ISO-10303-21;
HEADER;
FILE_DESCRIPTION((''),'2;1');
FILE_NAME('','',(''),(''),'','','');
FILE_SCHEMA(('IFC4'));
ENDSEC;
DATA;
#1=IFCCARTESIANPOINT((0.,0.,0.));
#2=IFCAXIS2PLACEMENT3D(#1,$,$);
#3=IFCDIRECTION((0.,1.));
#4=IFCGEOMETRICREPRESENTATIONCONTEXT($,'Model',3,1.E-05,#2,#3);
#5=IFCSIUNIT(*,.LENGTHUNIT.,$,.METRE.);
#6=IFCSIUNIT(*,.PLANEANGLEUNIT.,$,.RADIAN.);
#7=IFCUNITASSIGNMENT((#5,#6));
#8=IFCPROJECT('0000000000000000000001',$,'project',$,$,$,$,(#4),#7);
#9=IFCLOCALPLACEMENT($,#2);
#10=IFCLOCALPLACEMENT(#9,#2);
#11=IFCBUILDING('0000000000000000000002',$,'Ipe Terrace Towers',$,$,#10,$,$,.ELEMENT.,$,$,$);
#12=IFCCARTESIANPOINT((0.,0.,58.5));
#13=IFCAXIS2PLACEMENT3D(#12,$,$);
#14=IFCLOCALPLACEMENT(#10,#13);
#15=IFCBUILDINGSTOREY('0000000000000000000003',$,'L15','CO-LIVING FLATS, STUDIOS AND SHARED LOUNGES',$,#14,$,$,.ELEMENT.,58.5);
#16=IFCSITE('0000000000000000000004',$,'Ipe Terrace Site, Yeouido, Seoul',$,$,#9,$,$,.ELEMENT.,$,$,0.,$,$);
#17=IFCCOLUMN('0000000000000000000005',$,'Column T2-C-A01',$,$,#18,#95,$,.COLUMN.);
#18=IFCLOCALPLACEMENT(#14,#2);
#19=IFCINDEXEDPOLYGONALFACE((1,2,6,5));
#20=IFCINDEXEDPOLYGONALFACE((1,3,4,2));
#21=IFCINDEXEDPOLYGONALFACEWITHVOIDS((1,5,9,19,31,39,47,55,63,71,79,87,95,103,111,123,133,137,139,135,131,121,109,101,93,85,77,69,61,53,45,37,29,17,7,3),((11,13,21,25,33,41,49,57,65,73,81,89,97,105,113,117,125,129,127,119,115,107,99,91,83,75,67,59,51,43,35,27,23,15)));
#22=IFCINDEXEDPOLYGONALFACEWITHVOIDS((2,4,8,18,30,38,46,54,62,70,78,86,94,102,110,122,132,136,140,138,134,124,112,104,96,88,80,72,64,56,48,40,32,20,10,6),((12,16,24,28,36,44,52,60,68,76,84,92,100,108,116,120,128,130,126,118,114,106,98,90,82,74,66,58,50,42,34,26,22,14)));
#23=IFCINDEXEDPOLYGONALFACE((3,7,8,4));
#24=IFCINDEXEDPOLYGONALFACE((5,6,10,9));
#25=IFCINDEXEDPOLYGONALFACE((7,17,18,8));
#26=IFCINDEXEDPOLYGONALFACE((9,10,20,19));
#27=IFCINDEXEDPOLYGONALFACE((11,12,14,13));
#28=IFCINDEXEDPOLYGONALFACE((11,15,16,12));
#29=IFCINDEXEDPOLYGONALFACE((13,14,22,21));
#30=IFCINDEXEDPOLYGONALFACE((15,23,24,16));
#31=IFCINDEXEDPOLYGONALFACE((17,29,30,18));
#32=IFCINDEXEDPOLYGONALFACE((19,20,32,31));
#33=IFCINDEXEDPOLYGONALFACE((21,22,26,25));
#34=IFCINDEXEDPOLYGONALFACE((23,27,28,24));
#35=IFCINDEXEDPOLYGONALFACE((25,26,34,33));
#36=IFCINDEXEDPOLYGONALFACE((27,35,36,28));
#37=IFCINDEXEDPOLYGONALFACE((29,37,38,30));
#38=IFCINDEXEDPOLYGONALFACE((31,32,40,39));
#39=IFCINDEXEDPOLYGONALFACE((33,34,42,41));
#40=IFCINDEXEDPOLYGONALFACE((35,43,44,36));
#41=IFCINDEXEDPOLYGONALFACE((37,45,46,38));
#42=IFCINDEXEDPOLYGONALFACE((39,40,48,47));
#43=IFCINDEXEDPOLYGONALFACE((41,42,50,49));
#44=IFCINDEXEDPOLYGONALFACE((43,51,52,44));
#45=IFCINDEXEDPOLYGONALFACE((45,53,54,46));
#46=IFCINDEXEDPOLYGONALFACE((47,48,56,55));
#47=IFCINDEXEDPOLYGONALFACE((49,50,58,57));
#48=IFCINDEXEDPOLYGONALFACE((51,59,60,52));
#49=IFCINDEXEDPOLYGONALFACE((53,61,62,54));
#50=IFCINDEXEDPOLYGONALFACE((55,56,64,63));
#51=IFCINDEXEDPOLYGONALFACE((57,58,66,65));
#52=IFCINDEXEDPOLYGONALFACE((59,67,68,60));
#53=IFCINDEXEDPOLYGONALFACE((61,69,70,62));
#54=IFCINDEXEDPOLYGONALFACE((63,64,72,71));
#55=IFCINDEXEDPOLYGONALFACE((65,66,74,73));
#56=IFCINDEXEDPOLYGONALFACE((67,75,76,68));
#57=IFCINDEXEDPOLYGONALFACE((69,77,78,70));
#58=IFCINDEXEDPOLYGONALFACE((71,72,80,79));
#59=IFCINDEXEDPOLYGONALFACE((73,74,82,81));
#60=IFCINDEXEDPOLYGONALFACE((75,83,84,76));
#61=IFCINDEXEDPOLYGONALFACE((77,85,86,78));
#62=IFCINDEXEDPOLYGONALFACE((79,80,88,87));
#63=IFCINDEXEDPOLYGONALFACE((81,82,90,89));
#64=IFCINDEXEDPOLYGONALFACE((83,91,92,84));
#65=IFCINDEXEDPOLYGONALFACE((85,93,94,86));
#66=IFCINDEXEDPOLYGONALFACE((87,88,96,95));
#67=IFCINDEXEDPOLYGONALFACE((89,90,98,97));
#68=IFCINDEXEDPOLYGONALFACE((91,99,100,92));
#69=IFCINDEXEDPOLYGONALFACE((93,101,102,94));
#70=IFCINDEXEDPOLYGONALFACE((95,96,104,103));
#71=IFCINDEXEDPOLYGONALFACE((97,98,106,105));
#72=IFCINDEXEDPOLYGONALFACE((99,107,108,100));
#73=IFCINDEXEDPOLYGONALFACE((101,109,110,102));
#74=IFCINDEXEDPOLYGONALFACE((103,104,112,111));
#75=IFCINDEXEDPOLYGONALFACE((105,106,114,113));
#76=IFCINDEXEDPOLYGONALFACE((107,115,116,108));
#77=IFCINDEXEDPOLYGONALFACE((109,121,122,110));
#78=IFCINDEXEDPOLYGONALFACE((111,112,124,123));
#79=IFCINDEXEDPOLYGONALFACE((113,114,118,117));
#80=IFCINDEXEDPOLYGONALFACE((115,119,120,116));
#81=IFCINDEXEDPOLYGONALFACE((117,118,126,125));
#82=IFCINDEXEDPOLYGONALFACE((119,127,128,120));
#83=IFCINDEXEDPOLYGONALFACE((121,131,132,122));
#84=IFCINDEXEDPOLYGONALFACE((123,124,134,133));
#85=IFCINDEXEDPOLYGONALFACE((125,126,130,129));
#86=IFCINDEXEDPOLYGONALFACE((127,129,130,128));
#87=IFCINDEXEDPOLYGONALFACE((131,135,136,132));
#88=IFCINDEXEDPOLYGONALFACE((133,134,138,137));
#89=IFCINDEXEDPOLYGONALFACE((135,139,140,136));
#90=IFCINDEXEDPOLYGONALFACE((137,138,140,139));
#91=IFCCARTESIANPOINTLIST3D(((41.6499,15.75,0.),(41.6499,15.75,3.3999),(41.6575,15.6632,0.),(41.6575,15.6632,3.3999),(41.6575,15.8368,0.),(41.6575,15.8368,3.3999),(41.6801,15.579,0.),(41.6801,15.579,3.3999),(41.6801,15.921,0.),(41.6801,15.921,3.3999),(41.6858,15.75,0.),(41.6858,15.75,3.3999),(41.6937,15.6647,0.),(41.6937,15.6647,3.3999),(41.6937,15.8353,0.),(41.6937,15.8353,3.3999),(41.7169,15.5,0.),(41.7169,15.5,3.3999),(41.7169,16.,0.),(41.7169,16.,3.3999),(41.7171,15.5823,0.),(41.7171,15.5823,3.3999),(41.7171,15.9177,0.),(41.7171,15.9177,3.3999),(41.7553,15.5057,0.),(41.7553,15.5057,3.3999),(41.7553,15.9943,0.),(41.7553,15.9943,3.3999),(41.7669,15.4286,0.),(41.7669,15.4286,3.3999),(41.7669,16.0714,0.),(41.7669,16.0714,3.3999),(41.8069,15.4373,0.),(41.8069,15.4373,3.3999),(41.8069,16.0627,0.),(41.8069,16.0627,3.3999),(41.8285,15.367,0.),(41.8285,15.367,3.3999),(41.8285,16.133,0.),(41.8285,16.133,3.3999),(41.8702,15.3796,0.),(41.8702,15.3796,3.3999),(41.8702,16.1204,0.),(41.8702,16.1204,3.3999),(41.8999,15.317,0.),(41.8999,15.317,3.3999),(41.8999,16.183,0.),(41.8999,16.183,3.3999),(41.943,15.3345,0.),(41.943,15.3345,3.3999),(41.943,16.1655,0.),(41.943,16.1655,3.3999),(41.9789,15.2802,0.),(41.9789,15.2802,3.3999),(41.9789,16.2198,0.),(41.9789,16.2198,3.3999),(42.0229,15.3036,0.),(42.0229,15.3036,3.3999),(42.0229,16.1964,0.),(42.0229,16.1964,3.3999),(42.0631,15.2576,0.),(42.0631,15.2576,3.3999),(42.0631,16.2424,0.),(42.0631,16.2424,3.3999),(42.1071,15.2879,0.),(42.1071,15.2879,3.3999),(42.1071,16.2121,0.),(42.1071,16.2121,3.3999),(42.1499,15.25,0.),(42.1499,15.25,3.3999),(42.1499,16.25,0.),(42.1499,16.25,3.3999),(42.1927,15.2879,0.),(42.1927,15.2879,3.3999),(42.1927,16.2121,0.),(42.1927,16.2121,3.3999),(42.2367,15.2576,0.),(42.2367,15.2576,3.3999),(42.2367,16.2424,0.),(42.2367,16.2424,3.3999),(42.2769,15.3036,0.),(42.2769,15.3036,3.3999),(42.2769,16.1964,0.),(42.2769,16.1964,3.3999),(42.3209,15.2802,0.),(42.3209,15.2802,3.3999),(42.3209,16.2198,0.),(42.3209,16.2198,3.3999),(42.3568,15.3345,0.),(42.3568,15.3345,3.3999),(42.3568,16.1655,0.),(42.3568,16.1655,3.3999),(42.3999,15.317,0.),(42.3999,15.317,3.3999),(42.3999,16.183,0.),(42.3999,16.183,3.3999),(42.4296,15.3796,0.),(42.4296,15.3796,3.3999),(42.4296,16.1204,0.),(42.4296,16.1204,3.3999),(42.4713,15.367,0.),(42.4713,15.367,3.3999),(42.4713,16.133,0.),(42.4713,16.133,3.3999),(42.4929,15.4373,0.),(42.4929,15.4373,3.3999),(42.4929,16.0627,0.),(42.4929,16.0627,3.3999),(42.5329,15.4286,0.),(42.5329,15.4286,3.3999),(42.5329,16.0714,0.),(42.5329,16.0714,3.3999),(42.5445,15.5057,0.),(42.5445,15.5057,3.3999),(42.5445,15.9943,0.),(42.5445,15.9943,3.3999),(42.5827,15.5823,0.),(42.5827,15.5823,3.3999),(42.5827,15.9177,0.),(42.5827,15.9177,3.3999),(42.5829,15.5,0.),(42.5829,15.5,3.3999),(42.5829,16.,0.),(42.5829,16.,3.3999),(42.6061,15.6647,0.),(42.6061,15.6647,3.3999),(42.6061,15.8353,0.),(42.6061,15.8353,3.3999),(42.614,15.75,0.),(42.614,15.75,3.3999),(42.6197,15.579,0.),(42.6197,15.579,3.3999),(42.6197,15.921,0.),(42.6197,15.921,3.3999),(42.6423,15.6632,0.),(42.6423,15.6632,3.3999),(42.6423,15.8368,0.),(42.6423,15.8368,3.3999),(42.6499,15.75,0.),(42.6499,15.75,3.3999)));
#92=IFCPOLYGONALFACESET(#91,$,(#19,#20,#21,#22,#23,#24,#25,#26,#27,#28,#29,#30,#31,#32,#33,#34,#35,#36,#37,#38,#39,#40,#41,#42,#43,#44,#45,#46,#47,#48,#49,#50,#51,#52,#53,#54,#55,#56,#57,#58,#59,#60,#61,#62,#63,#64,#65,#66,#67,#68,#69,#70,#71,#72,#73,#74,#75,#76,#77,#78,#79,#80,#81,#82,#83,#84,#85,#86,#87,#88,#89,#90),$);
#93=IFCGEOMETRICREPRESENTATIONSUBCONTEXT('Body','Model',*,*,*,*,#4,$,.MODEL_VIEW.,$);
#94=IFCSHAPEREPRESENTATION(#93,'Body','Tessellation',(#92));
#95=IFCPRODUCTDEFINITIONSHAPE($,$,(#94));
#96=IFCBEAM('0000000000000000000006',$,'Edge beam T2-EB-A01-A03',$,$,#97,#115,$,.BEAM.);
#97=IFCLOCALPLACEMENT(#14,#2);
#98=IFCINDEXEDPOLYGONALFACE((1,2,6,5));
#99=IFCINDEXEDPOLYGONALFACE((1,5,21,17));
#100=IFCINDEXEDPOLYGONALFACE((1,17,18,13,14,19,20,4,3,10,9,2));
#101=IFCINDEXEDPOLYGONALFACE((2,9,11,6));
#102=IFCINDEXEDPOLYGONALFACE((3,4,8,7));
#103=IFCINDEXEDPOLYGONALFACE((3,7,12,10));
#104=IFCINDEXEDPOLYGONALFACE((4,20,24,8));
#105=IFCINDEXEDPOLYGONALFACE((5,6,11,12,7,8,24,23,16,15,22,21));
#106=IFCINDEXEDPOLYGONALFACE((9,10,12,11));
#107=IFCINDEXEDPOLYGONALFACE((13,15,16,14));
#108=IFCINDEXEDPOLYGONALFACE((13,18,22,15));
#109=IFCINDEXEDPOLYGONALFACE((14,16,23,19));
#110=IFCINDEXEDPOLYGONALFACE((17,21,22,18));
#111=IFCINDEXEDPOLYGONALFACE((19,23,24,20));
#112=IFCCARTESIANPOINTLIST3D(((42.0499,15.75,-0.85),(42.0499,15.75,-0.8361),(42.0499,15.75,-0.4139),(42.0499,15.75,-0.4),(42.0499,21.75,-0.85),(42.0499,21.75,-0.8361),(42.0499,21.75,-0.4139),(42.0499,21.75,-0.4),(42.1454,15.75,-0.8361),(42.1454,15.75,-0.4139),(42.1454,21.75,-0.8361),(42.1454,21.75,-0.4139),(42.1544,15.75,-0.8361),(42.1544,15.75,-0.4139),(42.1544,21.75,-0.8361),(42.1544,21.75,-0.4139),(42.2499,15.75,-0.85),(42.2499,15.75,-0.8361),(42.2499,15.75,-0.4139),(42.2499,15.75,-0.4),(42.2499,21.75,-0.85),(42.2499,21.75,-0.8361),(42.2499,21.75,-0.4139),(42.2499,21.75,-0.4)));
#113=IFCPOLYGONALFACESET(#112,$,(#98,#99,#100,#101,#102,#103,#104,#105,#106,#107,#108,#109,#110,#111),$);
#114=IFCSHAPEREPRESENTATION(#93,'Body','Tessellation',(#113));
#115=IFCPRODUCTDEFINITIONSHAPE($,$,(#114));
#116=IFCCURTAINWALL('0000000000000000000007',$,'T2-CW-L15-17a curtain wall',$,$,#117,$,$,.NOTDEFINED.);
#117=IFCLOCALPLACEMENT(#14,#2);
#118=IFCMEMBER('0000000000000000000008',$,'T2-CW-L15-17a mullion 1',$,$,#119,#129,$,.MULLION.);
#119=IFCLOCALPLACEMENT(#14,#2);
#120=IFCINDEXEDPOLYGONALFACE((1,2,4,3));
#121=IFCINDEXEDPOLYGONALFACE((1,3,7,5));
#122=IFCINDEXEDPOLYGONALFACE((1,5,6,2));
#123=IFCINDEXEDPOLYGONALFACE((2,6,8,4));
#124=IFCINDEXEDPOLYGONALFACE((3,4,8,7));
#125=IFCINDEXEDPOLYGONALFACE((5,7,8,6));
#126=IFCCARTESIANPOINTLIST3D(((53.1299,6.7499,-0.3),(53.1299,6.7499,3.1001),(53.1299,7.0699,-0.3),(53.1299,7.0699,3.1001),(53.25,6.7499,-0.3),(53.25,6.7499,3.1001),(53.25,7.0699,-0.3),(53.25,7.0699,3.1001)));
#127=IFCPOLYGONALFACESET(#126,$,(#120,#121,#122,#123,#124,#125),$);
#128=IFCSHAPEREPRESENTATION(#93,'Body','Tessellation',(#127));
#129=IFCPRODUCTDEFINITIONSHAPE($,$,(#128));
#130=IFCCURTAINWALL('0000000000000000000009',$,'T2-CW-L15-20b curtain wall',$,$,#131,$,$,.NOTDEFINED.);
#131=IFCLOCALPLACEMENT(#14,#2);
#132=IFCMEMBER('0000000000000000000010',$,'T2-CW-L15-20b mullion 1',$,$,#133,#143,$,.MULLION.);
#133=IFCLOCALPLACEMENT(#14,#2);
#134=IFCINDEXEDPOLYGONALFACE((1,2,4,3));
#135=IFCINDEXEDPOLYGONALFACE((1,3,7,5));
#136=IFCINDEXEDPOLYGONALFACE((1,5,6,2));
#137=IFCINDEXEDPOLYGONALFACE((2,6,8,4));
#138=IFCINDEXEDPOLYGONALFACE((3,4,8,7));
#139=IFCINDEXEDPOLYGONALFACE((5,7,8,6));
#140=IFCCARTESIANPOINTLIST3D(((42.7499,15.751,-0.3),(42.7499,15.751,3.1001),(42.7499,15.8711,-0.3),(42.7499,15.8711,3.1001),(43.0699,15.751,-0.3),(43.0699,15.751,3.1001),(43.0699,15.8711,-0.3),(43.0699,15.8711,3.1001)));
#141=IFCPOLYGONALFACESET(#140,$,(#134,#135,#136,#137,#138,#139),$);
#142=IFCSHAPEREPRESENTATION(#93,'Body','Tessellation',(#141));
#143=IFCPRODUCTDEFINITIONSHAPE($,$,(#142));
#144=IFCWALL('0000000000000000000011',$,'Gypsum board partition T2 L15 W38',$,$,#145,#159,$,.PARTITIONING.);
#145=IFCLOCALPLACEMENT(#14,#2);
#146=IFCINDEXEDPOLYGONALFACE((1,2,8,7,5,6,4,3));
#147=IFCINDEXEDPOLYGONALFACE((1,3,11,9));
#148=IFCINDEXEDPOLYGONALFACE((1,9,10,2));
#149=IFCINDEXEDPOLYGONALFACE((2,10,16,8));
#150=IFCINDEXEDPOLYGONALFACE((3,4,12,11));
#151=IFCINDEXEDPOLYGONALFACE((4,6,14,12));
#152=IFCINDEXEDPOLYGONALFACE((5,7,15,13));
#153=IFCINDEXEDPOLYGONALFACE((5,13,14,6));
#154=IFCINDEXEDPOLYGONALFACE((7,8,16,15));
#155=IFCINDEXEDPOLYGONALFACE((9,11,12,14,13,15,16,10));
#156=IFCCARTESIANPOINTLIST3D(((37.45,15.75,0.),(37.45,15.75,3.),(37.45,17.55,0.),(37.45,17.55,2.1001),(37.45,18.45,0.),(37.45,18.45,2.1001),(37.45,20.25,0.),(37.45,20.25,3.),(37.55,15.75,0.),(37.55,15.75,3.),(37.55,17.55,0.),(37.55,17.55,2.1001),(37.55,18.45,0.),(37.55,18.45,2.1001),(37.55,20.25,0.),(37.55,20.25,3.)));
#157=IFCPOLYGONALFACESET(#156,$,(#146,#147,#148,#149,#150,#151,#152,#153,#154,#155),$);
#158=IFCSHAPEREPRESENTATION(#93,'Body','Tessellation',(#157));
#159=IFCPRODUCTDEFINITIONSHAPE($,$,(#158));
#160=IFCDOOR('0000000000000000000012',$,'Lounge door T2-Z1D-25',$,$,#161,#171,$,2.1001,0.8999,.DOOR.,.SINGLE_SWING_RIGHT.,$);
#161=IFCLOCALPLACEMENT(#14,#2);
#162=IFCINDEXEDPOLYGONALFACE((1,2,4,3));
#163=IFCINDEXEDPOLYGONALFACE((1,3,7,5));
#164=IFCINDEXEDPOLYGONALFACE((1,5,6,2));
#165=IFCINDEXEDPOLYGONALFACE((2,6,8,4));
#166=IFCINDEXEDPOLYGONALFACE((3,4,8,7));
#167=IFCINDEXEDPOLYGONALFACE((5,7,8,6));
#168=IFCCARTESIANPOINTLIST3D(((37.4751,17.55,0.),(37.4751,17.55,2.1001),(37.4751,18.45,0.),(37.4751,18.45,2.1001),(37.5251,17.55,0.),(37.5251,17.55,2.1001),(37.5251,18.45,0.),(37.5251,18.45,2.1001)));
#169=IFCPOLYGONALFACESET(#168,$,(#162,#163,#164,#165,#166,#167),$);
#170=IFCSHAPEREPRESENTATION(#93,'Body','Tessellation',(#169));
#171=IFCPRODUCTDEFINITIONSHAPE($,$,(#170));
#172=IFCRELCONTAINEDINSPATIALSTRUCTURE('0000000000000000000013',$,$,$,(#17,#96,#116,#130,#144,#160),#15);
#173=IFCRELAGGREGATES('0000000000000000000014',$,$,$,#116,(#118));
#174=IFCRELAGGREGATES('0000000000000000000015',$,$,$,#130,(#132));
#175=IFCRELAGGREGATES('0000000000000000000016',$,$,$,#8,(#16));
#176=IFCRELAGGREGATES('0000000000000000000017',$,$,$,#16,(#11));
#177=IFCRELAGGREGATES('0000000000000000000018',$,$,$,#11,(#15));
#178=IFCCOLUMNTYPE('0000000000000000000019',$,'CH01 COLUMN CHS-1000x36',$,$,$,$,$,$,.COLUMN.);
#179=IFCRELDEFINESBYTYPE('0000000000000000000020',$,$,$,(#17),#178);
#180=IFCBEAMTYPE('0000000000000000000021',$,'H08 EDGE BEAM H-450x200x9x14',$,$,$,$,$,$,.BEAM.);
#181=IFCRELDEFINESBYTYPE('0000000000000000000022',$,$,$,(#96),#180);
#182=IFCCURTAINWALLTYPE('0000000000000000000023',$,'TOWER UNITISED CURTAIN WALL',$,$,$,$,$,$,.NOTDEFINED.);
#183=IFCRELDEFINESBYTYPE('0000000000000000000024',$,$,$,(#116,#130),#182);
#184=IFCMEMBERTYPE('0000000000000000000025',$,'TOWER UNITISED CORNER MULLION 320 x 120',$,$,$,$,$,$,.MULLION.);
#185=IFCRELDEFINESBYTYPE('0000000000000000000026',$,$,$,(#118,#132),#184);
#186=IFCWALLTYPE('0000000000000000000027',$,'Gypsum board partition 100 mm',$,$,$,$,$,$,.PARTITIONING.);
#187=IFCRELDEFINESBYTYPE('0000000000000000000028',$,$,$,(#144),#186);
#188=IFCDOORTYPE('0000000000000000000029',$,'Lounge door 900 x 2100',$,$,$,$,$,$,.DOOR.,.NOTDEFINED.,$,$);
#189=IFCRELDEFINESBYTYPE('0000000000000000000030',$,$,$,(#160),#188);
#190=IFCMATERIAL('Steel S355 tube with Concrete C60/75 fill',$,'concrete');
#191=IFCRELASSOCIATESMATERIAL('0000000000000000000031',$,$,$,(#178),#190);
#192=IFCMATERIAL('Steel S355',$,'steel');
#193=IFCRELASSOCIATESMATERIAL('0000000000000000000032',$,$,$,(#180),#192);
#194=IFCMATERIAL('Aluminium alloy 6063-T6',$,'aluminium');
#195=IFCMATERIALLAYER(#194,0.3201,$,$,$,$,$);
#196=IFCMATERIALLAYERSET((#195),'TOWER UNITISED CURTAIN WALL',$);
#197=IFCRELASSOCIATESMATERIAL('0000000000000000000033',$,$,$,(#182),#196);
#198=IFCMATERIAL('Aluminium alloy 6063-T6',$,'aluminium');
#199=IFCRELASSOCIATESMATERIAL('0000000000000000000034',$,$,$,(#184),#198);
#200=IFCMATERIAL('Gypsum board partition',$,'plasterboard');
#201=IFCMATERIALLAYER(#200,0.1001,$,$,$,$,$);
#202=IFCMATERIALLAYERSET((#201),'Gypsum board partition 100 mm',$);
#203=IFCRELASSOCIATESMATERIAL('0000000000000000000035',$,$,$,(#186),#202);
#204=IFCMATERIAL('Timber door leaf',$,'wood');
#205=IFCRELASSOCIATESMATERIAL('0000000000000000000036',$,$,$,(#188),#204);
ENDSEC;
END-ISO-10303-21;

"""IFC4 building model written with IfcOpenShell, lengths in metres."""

from ifc_helpers import new_model, si_unit, direction, frame, frame_2d, origin, origin_2d, place, context, subcontext, project, spatial, rectangle, hollow_circle, i_section, extrude, material, layer, layer_set, material_profile, profile_set, type_object, element, fill, aggregate, save


model = new_model("IFC4")

# Units and contexts
model_context = context("Model", 3, precision=1e-05, world=origin(), true_north=direction((0.0, 1.0)))
body_context = subcontext(model_context, "Body", "Model", "MODEL_VIEW")
ifc_project = project(units=[si_unit("LENGTHUNIT", "METRE"), si_unit("PLANEANGLEUNIT", "RADIAN")], contexts=[model_context])

# Site, building, storey
site_placement = place(None, origin())
site = spatial("IfcSite", under=ifc_project, at=site_placement, Name="Ipe Terrace Site, Yeouido, Seoul", CompositionType="ELEMENT", RefElevation=0.0)
building_placement = place(site_placement, origin())
building = spatial("IfcBuilding", under=site, at=building_placement, Name="Ipe Terrace Towers", CompositionType="ELEMENT")
storey_placement = place(building_placement, frame((0.0, 0.0, 58.5)))
storey = spatial("IfcBuildingStorey", under=building, at=storey_placement, Name="L15", Description="CO-LIVING FLATS, STUDIOS AND SHARED LOUNGES", CompositionType="ELEMENT", Elevation=58.5)

# Column
ifc_material_1 = material(Name="Steel S355 tube with Concrete C60/75 fill", Category="concrete")
ifc_material_profile_1 = material_profile(ifc_material_1, hollow_circle(Radius=0.5, WallThickness=0.0359, at=origin_2d()), Name="CHS-1000x36")
ifc_profile_set_1 = profile_set([ifc_material_profile_1], Name="Steel S355 tube with Concrete C60/75 fill")
column_type = type_object("IfcColumnType", Name="CH01 COLUMN CHS-1000x36", PredefinedType="COLUMN", material=ifc_profile_set_1)
column_placement = place(storey_placement, frame((42.1499, 15.75, 0.0), z_axis=(0.0, 0.0, 1.0), x_axis=(1.0, 0.0, 0.0)))
element("IfcColumn", 1, at=column_placement, inside=storey, type_object=column_type, Name="Column T2-C-A01", PredefinedType="COLUMN", context=body_context, shape_type="SweptSolid", body=[
    extrude(hollow_circle(Radius=0.5, WallThickness=0.0359, at=origin_2d()), origin(), (0.0, 0.0, 1.0), 3.3999),
])

# Beam
ifc_material_2 = material(Name="Steel S355", Category="steel")
ifc_material_profile_2 = material_profile(ifc_material_2, i_section(OverallWidth=0.2, OverallDepth=0.45, WebThickness=0.009, FlangeThickness=0.0139, at=origin_2d()), Name="H-450x200x9x14")
ifc_profile_set_2 = profile_set([ifc_material_profile_2], Name="Steel S355")
beam_type = type_object("IfcBeamType", Name="H08 EDGE BEAM H-450x200x9x14", PredefinedType="BEAM", material=ifc_profile_set_2)
beam_placement = place(storey_placement, frame((42.1499, 15.75, -0.625), z_axis=(0.0, 1.0, 0.0), x_axis=(-1.0, 0.0, 0.0)))
element("IfcBeam", 2, at=beam_placement, inside=storey, type_object=beam_type, Name="Edge beam T2-EB-A01-A03", PredefinedType="BEAM", context=body_context, shape_type="SweptSolid", body=[
    extrude(i_section(OverallWidth=0.2, OverallDepth=0.45, WebThickness=0.009, FlangeThickness=0.0139, at=origin_2d()), origin(), (0.0, 0.0, 1.0), 6.0),
])

# Curtain walls, members
ifc_material_3 = material(Name="Aluminium alloy 6063-T6", Category="aluminium")
ifc_layer_1 = layer(ifc_material_3, 0.3201)
ifc_layer_set_1 = layer_set([ifc_layer_1], Name="TOWER UNITISED CURTAIN WALL")
curtain_wall_type = type_object("IfcCurtainWallType", Name="TOWER UNITISED CURTAIN WALL", PredefinedType="NOTDEFINED", material=ifc_layer_set_1)
curtain_wall_1_placement = place(storey_placement, origin())
curtain_wall_1 = element("IfcCurtainWall", 3, at=curtain_wall_1_placement, inside=storey, type_object=curtain_wall_type, Name="T2-CW-L15-17a curtain wall", PredefinedType="NOTDEFINED")
ifc_material_4 = material(Name="Aluminium alloy 6063-T6", Category="aluminium")
ifc_material_profile_3 = material_profile(ifc_material_4, rectangle(XDim=0.3201, YDim=0.1201, at=origin_2d()), Name="TOWER UNITISED CORNER MULLION 320 x 120")
ifc_profile_set_3 = profile_set([ifc_material_profile_3], Name="Aluminium alloy 6063-T6")
member_type = type_object("IfcMemberType", Name="TOWER UNITISED CORNER MULLION 320 x 120", PredefinedType="MULLION", material=ifc_profile_set_3)
member_1_placement = place(storey_placement, frame((53.1899, 6.9099, -0.3), z_axis=(0.0, 0.0, 1.0), x_axis=(0.0, 1.0, 0.0)))
member_1 = element("IfcMember", 4, at=member_1_placement, type_object=member_type, Name="T2-CW-L15-17a mullion 1", PredefinedType="MULLION", context=body_context, shape_type="SweptSolid", body=[
    extrude(rectangle(XDim=0.3201, YDim=0.1201, at=origin_2d()), origin(), (0.0, 0.0, 1.0), 3.4001),
])
aggregate(curtain_wall_1, [member_1])
curtain_wall_2_placement = place(storey_placement, origin())
curtain_wall_2 = element("IfcCurtainWall", 5, at=curtain_wall_2_placement, inside=storey, type_object=curtain_wall_type, Name="T2-CW-L15-20b curtain wall", PredefinedType="NOTDEFINED")
member_2_placement = place(storey_placement, frame((42.9099, 15.811, -0.3), z_axis=(0.0, 0.0, 1.0), x_axis=(1.0, 0.0, 0.0)))
member_2 = element("IfcMember", 6, at=member_2_placement, type_object=member_type, Name="T2-CW-L15-20b mullion 1", PredefinedType="MULLION", context=body_context, shape_type="SweptSolid", body=[
    extrude(rectangle(XDim=0.3201, YDim=0.1201, at=origin_2d()), origin(), (0.0, 0.0, 1.0), 3.4001),
])
aggregate(curtain_wall_2, [member_2])

# Wall, opening, door
ifc_material_5 = material(Name="Gypsum board partition", Category="plasterboard")
ifc_layer_2 = layer(ifc_material_5, 0.1001)
ifc_layer_set_2 = layer_set([ifc_layer_2], Name="Gypsum board partition 100 mm")
wall_type_1 = type_object("IfcWallType", Name="Gypsum board partition 100 mm", PredefinedType="PARTITIONING", material=ifc_layer_set_2)
wall_1_placement = place(storey_placement, frame((37.5, 15.75, 0.0), z_axis=(0.0, 0.0, 1.0), x_axis=(0.0, 1.0, 0.0)))
wall_1 = element("IfcWall", 7, at=wall_1_placement, inside=storey, type_object=wall_type_1, Name="Gypsum board partition T2 L15 W38", PredefinedType="PARTITIONING", context=body_context, shape_type="SweptSolid", body=[
    extrude(rectangle(XDim=4.5, YDim=0.1001, at=frame_2d((2.25, 0.0))), origin(), (0.0, 0.0, 1.0), 3.0),
])
opening_1_placement = place(wall_1_placement, frame((1.8, 0.0, 0.0)))
opening_1 = element("IfcOpeningElement", 8, at=opening_1_placement, cuts=wall_1, PredefinedType="OPENING", context=body_context, shape_type="SweptSolid", body=[
    extrude(rectangle(XDim=0.8999, YDim=2.1001, at=frame_2d((0.45, 1.05))), frame((0.0, 0.0601, 0.0), z_axis=(0.0, -1.0, 0.0), x_axis=(1.0, 0.0, 0.0)), (0.0, 0.0, 1.0), 0.1201),
])
ifc_material_6 = material(Name="Timber door leaf", Category="wood")
door_type_1 = type_object("IfcDoorType", Name="Lounge door 900 x 2100", OperationType="NOTDEFINED", PredefinedType="DOOR", material=ifc_material_6)
door_1_placement = place(opening_1_placement, origin())
door_1 = element("IfcDoor", 9, at=door_1_placement, inside=storey, type_object=door_type_1, Name="Lounge door T2-Z1D-25", OperationType="SINGLE_SWING_RIGHT", OverallHeight=2.1001, OverallWidth=0.8999, PredefinedType="DOOR", context=body_context, shape_type="SweptSolid", body=[
    extrude(rectangle(XDim=0.8999, YDim=2.1001, at=frame_2d((0.45, 1.05))), frame((0.0, 0.0249, 0.0), z_axis=(0.0, -1.0, 0.0), x_axis=(1.0, 0.0, 0.0)), (0.0, 0.0, 1.0), 0.05),
])
fill(opening_1, door_1)

save(model, "model.ifc")
